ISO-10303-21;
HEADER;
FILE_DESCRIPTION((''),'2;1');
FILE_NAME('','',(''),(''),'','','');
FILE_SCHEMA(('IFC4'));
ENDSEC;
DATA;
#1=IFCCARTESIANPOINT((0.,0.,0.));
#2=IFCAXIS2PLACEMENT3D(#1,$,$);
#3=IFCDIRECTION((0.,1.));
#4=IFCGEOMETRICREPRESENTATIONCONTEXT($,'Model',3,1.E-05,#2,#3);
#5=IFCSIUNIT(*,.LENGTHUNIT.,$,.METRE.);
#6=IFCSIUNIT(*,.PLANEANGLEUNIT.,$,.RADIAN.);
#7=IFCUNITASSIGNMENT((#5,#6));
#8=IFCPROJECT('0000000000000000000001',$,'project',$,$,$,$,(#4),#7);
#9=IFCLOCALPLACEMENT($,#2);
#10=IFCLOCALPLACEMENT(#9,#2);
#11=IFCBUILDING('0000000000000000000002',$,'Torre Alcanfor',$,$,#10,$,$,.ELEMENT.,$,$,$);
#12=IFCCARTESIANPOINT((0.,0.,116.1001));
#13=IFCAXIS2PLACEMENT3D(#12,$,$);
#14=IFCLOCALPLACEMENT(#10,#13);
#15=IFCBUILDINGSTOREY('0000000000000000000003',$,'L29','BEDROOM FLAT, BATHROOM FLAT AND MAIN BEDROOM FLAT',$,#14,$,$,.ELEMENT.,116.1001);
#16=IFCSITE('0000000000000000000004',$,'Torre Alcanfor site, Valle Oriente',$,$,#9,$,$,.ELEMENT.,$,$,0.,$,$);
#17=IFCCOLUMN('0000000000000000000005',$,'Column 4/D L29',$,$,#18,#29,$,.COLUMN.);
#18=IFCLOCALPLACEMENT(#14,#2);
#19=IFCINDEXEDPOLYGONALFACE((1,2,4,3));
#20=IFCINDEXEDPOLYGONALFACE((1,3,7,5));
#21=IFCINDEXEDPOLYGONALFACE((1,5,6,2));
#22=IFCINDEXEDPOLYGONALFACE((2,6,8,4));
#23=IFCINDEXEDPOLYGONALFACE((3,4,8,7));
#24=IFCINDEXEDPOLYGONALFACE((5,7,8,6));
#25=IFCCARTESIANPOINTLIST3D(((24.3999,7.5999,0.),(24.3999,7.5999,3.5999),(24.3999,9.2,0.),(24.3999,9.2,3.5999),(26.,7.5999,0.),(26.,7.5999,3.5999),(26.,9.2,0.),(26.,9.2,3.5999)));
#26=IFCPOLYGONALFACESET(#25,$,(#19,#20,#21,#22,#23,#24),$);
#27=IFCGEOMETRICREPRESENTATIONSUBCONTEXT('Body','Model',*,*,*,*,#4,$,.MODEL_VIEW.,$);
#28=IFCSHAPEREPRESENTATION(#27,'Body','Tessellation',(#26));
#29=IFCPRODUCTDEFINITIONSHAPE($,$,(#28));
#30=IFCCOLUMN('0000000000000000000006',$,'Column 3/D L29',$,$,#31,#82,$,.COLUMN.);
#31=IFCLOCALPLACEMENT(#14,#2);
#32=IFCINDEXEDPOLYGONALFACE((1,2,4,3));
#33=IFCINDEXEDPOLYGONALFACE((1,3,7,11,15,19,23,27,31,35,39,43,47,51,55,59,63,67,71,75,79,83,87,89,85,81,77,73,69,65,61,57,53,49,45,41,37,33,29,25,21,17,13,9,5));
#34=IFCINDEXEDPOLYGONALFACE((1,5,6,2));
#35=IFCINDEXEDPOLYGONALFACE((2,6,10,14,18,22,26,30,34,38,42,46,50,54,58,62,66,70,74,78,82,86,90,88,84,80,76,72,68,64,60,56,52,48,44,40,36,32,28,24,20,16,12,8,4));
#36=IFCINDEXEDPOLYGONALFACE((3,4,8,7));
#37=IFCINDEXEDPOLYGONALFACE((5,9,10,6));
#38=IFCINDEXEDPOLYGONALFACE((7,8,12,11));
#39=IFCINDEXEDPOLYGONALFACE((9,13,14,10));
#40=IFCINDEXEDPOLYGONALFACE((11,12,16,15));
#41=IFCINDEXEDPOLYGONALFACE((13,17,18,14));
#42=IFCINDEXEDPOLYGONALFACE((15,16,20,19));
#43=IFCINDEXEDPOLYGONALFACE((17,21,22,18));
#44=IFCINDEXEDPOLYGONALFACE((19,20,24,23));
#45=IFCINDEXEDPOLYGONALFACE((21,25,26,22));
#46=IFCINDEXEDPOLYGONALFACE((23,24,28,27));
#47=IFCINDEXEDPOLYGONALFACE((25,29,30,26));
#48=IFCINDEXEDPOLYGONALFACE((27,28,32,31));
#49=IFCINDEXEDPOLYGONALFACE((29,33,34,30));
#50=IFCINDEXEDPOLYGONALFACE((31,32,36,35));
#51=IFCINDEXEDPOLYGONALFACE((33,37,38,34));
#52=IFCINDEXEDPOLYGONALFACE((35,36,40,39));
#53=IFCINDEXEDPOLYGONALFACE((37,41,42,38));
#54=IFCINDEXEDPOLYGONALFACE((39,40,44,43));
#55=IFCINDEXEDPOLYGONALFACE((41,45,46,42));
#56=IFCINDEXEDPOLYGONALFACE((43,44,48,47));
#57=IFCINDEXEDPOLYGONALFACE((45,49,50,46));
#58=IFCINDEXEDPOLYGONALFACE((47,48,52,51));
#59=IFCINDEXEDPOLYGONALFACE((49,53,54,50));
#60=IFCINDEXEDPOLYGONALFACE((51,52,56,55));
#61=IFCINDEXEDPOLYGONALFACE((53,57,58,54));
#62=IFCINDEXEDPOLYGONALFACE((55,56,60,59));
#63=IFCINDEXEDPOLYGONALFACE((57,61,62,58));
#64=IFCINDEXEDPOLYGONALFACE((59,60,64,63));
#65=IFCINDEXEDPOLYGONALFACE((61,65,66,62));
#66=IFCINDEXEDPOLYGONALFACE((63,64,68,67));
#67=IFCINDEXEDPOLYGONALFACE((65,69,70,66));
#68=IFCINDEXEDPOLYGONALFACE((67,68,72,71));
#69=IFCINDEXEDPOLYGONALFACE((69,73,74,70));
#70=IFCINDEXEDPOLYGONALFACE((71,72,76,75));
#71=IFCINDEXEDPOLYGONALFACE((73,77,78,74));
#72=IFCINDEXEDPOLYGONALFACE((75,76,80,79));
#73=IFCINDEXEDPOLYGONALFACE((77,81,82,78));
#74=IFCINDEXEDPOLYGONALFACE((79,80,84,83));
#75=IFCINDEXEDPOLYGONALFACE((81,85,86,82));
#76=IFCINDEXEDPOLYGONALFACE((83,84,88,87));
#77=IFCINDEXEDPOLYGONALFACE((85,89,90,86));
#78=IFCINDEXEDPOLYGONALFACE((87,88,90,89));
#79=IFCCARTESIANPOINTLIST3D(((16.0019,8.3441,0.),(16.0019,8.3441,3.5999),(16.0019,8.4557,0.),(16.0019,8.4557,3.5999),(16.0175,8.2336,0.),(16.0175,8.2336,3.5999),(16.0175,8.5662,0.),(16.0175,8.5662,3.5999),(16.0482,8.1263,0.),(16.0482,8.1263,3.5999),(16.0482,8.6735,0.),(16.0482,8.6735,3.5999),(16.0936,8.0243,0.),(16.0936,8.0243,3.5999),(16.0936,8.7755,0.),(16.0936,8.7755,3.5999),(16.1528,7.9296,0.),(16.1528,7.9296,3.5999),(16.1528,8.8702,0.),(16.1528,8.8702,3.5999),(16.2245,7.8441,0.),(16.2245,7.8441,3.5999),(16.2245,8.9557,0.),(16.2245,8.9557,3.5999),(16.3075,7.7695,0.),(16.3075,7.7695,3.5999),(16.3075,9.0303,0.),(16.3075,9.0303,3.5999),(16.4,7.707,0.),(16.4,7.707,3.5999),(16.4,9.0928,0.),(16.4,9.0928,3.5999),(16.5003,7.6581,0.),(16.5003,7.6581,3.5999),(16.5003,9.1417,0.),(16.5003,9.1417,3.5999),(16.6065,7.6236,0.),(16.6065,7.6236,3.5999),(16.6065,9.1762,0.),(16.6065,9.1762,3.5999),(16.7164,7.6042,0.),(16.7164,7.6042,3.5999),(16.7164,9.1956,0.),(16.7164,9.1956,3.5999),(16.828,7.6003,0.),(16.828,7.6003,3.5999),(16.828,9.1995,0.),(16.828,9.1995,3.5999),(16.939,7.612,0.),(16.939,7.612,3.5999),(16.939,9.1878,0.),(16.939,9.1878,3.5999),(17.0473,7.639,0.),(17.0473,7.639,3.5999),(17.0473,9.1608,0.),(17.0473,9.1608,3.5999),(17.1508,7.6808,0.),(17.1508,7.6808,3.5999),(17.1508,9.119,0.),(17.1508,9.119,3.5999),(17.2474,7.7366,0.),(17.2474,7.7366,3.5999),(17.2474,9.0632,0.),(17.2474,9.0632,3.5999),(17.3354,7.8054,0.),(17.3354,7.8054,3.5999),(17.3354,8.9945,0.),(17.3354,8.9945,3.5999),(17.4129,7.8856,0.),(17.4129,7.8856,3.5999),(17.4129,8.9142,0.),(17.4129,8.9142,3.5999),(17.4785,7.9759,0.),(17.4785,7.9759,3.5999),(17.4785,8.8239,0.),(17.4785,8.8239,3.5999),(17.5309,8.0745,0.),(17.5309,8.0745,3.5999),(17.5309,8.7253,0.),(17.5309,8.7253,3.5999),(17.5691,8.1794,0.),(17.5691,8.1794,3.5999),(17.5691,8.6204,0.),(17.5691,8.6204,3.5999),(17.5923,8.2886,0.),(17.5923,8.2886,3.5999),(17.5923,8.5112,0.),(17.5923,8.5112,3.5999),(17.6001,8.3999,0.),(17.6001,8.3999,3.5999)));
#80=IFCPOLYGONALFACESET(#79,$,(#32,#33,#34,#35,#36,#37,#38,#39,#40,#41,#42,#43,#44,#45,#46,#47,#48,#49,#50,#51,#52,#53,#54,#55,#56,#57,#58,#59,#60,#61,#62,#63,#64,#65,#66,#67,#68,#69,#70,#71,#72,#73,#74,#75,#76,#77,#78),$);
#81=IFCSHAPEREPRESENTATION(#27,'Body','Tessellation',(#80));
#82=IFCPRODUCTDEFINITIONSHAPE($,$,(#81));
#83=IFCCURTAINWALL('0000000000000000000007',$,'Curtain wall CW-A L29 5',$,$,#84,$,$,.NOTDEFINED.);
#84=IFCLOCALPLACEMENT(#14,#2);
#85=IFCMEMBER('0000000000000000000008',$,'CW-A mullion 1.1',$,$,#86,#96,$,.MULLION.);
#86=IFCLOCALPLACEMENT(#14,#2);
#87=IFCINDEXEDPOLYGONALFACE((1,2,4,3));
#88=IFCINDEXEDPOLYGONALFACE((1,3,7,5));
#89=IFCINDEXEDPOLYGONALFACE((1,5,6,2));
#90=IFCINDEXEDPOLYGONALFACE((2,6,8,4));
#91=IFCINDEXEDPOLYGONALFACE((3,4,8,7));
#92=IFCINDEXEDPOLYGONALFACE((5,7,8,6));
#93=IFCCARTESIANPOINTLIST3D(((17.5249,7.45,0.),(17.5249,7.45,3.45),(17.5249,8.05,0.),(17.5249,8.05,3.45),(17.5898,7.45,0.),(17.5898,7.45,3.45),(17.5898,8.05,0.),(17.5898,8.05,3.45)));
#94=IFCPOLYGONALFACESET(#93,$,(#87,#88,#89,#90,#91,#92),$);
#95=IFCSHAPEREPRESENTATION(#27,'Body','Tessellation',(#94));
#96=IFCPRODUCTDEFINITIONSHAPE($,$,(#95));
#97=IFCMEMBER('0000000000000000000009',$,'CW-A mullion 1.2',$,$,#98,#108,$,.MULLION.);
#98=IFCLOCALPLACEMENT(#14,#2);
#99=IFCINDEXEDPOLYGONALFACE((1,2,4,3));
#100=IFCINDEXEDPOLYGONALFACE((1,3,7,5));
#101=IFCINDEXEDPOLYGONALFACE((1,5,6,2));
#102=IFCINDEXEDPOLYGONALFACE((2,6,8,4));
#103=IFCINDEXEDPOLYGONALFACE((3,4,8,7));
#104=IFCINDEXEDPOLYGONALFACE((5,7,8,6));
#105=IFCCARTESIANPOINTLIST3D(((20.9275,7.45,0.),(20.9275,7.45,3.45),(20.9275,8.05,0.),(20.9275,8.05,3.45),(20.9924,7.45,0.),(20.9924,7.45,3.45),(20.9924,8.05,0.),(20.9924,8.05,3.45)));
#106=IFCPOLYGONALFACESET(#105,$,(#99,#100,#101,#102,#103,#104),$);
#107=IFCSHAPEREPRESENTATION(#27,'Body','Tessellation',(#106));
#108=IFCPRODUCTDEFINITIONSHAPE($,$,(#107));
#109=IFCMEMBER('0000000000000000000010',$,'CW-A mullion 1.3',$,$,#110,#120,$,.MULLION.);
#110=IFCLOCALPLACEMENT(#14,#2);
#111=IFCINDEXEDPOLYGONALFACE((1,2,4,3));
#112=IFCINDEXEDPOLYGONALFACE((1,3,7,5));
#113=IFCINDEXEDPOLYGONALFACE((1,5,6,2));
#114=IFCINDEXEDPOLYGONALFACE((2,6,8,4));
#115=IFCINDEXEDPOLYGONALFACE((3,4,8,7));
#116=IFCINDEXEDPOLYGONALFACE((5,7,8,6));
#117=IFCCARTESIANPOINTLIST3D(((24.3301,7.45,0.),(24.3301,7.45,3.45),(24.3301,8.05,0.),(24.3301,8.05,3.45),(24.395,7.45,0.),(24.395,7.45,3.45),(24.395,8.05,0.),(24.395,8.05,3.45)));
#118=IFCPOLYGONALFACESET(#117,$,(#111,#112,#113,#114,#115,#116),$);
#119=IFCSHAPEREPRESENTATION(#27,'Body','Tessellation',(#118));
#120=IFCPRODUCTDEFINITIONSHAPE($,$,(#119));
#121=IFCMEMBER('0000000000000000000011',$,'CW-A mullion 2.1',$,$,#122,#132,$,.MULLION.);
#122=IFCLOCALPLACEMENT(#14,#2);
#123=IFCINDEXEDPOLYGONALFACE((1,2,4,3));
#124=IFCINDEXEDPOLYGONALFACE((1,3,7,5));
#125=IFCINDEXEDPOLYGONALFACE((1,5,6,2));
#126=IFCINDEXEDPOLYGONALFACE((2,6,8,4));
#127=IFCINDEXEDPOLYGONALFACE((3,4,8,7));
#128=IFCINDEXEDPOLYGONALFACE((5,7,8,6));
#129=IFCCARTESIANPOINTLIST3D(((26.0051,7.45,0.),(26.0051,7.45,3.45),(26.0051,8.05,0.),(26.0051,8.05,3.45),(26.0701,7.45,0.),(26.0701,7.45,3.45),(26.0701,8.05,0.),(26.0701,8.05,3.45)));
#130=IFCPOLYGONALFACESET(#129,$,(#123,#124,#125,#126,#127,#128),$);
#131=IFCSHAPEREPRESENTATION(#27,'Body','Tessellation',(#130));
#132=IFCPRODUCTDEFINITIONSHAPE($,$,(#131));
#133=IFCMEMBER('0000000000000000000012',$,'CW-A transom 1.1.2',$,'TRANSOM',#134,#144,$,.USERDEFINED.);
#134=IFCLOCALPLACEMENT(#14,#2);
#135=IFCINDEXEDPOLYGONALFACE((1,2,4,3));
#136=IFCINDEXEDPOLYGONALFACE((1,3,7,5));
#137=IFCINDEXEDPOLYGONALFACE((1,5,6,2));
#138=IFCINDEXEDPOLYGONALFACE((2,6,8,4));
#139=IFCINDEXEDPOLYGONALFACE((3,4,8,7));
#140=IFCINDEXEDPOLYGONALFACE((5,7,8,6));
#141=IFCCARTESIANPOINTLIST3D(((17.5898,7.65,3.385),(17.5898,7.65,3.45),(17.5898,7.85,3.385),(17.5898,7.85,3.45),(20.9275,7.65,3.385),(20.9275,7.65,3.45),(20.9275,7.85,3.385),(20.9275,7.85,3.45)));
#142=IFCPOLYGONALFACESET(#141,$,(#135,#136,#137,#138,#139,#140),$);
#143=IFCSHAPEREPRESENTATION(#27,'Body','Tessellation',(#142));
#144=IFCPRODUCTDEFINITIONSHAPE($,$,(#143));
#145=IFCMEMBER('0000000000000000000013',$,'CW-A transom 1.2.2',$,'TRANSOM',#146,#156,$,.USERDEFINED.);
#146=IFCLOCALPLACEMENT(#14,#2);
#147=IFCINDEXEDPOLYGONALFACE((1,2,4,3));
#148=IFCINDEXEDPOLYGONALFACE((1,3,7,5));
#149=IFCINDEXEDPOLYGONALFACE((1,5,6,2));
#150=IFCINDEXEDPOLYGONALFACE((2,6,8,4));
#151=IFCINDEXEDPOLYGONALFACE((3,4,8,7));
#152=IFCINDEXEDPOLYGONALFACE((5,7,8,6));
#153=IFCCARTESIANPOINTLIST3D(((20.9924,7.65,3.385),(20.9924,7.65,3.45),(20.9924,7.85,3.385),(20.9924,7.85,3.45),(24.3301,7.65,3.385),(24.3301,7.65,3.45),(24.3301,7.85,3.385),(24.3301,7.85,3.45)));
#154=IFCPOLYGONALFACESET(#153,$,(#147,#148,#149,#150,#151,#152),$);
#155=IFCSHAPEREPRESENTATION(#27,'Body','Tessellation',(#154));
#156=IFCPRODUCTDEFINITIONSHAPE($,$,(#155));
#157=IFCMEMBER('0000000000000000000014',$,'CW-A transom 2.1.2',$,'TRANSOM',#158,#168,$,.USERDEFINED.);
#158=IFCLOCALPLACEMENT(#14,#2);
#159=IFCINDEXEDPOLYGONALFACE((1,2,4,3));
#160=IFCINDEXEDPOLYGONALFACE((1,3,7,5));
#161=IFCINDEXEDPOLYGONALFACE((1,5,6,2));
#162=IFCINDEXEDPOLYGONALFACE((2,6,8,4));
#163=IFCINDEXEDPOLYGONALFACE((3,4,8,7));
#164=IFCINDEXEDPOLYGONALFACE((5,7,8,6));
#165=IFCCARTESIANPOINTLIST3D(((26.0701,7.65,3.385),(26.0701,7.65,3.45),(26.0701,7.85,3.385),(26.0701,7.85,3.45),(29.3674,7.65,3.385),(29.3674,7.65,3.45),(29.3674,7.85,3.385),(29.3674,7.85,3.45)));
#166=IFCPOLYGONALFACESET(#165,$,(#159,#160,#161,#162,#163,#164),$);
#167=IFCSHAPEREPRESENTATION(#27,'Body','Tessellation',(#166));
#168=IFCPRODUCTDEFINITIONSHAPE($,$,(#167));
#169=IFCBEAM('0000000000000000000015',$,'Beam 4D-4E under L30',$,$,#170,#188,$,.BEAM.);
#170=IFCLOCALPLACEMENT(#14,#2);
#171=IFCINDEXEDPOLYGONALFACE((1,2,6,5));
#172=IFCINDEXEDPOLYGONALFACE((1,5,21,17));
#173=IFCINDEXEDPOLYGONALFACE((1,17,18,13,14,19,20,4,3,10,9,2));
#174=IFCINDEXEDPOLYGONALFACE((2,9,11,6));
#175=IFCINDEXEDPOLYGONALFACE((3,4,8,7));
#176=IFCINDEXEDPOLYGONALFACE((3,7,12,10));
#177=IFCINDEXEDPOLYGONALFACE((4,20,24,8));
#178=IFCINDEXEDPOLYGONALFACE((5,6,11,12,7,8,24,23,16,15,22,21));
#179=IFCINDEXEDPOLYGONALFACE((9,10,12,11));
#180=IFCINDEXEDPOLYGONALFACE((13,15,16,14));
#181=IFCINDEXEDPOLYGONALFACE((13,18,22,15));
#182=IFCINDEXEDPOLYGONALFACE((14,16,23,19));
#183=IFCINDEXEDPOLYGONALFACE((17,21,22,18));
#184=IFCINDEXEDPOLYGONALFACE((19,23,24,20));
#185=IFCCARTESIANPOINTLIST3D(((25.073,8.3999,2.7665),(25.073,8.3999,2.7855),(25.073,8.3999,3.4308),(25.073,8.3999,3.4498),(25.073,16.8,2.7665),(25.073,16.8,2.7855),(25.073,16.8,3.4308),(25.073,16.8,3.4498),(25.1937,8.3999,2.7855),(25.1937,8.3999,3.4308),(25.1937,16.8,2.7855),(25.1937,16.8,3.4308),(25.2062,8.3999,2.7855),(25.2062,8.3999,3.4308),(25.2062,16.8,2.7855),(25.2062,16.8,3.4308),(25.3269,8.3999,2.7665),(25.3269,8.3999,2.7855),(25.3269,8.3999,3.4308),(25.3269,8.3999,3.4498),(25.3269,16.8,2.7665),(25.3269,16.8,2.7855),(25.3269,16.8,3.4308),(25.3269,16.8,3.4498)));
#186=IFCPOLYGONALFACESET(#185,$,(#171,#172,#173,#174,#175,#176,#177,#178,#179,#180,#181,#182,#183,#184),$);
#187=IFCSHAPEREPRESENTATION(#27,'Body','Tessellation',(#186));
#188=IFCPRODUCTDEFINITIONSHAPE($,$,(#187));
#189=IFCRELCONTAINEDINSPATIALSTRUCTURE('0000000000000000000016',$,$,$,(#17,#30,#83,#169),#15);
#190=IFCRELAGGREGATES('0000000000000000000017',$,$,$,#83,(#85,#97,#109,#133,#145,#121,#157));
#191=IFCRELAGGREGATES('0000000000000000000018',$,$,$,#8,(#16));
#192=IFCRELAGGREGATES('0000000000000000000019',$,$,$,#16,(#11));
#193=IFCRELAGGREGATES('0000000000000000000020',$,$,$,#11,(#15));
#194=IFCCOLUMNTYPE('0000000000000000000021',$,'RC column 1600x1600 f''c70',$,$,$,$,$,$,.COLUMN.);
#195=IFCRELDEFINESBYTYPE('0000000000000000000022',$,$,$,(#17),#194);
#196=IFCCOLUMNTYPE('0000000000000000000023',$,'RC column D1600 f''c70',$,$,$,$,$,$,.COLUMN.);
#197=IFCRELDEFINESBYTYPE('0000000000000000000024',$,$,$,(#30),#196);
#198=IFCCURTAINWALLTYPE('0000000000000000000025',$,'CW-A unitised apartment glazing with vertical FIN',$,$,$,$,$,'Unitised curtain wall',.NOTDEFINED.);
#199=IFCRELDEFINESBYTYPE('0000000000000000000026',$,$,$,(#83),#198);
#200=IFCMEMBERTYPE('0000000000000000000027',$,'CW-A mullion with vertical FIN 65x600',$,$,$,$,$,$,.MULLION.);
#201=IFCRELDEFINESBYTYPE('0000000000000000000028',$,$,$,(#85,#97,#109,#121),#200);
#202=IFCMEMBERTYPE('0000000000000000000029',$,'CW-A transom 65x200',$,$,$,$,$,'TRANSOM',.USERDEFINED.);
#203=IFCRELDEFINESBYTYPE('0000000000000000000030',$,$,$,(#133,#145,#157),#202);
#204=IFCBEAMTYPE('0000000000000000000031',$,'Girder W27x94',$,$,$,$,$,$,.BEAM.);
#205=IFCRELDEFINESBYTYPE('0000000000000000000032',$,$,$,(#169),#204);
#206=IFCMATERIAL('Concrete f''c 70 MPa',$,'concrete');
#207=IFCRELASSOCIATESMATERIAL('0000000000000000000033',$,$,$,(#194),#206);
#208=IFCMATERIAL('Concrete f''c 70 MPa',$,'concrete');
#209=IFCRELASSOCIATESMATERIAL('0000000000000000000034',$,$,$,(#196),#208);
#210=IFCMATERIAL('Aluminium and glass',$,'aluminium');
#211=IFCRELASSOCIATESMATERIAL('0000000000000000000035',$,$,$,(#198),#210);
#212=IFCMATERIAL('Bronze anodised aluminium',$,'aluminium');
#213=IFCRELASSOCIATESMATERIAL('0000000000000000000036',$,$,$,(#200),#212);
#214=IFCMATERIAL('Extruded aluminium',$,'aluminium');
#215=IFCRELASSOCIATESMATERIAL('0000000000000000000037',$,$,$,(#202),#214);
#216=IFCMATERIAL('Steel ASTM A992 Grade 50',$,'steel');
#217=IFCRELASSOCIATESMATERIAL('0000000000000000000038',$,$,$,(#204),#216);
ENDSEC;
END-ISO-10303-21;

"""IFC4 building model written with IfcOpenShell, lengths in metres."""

from ifc_helpers import new_model, si_unit, direction, frame, origin, origin_2d, place, context, subcontext, project, spatial, rectangle, circle, i_section, extrude, material, material_profile, profile_set, type_object, element, aggregate, save


model = new_model("IFC4")

# Units and contexts
model_context = context("Model", 3, precision=1e-05, world=origin(), true_north=direction((0.0, 1.0)))
body_context = subcontext(model_context, "Body", "Model", "MODEL_VIEW")
ifc_project = project(units=[si_unit("LENGTHUNIT", "METRE"), si_unit("PLANEANGLEUNIT", "RADIAN")], contexts=[model_context])

# Site, building, storey
site_placement = place(None, origin())
site = spatial("IfcSite", under=ifc_project, at=site_placement, Name="Torre Alcanfor site, Valle Oriente", CompositionType="ELEMENT", RefElevation=0.0)
building_placement = place(site_placement, origin())
building = spatial("IfcBuilding", under=site, at=building_placement, Name="Torre Alcanfor", CompositionType="ELEMENT")
storey_placement = place(building_placement, frame((0.0, 0.0, 116.1001)))
storey = spatial("IfcBuildingStorey", under=building, at=storey_placement, Name="L29", Description="BEDROOM FLAT, BATHROOM FLAT AND MAIN BEDROOM FLAT", CompositionType="ELEMENT", Elevation=116.1001)

# Columns
ifc_material_1 = material(Name="Concrete f'c 70 MPa", Category="concrete")
ifc_material_profile_1 = material_profile(ifc_material_1, rectangle(XDim=1.6001, YDim=1.6001, at=origin_2d()), Name="1600x1600")
ifc_profile_set_1 = profile_set([ifc_material_profile_1], Name="Concrete f'c 70 MPa")
column_type_1 = type_object("IfcColumnType", Name="RC column 1600x1600 f'c70", PredefinedType="COLUMN", material=ifc_profile_set_1)
column_1_placement = place(storey_placement, frame((25.2, 8.3999, 0.0), z_axis=(0.0, 0.0, 1.0), x_axis=(1.0, 0.0, 0.0)))
element("IfcColumn", 1, at=column_1_placement, inside=storey, type_object=column_type_1, Name="Column 4/D L29", PredefinedType="COLUMN", context=body_context, shape_type="SweptSolid", body=[
    extrude(rectangle(XDim=1.6001, YDim=1.6001, at=origin_2d()), origin(), (0.0, 0.0, 1.0), 3.5999),
])
ifc_material_2 = material(Name="Concrete f'c 70 MPa", Category="concrete")
ifc_material_profile_2 = material_profile(ifc_material_2, circle(Radius=0.8, at=origin_2d()), Name="D1600")
ifc_profile_set_2 = profile_set([ifc_material_profile_2], Name="Concrete f'c 70 MPa")
column_type_2 = type_object("IfcColumnType", Name="RC column D1600 f'c70", PredefinedType="COLUMN", material=ifc_profile_set_2)
column_2_placement = place(storey_placement, frame((16.8, 8.3999, 0.0), z_axis=(0.0, 0.0, 1.0), x_axis=(1.0, 0.0, 0.0)))
element("IfcColumn", 2, at=column_2_placement, inside=storey, type_object=column_type_2, Name="Column 3/D L29", PredefinedType="COLUMN", context=body_context, shape_type="SweptSolid", body=[
    extrude(circle(Radius=0.8, at=origin_2d()), origin(), (0.0, 0.0, 1.0), 3.5999),
])

# Curtain wall, members
ifc_material_3 = material(Name="Aluminium and glass", Category="aluminium")
curtain_wall_type = type_object("IfcCurtainWallType", Name="CW-A unitised apartment glazing with vertical FIN", ElementType="Unitised curtain wall", PredefinedType="NOTDEFINED", material=ifc_material_3)
curtain_wall_placement = place(storey_placement, origin())
curtain_wall = element("IfcCurtainWall", 3, at=curtain_wall_placement, inside=storey, type_object=curtain_wall_type, Name="Curtain wall CW-A L29 5", PredefinedType="NOTDEFINED")
ifc_material_4 = material(Name="Bronze anodised aluminium", Category="aluminium")
ifc_material_profile_3 = material_profile(ifc_material_4, rectangle(XDim=0.6001, YDim=0.0649, at=origin_2d()), Name="CW-A mullion 65x600")
ifc_profile_set_3 = profile_set([ifc_material_profile_3], Name="Bronze anodised aluminium")
member_type_1 = type_object("IfcMemberType", Name="CW-A mullion with vertical FIN 65x600", PredefinedType="MULLION", material=ifc_profile_set_3)
member_1_placement = place(storey_placement, frame((17.5574, 7.75, 0.0), z_axis=(0.0, 0.0, 1.0), x_axis=(0.0, 1.0, 0.0)))
member_1 = element("IfcMember", 4, at=member_1_placement, type_object=member_type_1, Name="CW-A mullion 1.1", PredefinedType="MULLION", context=body_context, shape_type="SweptSolid", body=[
    extrude(rectangle(XDim=0.6001, YDim=0.0649, at=origin_2d()), origin(), (0.0, 0.0, 1.0), 3.45),
])
member_2_placement = place(storey_placement, frame((20.96, 7.75, 0.0), z_axis=(0.0, 0.0, 1.0), x_axis=(0.0, 1.0, 0.0)))
member_2 = element("IfcMember", 5, at=member_2_placement, type_object=member_type_1, Name="CW-A mullion 1.2", PredefinedType="MULLION", context=body_context, shape_type="SweptSolid", body=[
    extrude(rectangle(XDim=0.6001, YDim=0.0649, at=origin_2d()), origin(), (0.0, 0.0, 1.0), 3.45),
])
member_3_placement = place(storey_placement, frame((24.3625, 7.75, 0.0), z_axis=(0.0, 0.0, 1.0), x_axis=(0.0, 1.0, 0.0)))
member_3 = element("IfcMember", 6, at=member_3_placement, type_object=member_type_1, Name="CW-A mullion 1.3", PredefinedType="MULLION", context=body_context, shape_type="SweptSolid", body=[
    extrude(rectangle(XDim=0.6001, YDim=0.0649, at=origin_2d()), origin(), (0.0, 0.0, 1.0), 3.45),
])
member_4_placement = place(storey_placement, frame((26.0376, 7.75, 0.0), z_axis=(0.0, 0.0, 1.0), x_axis=(0.0, 1.0, 0.0)))
member_4 = element("IfcMember", 7, at=member_4_placement, type_object=member_type_1, Name="CW-A mullion 2.1", PredefinedType="MULLION", context=body_context, shape_type="SweptSolid", body=[
    extrude(rectangle(XDim=0.6001, YDim=0.0649, at=origin_2d()), origin(), (0.0, 0.0, 1.0), 3.45),
])
ifc_material_5 = material(Name="Extruded aluminium", Category="aluminium")
ifc_material_profile_4 = material_profile(ifc_material_5, rectangle(XDim=0.2, YDim=0.0649, at=origin_2d()), Name="CW-A transom 200x65")
ifc_profile_set_4 = profile_set([ifc_material_profile_4], Name="Extruded aluminium")
member_type_2 = type_object("IfcMemberType", Name="CW-A transom 65x200", ElementType="TRANSOM", PredefinedType="USERDEFINED", material=ifc_profile_set_4)
member_5_placement = place(storey_placement, frame((17.5898, 7.75, 3.4175), z_axis=(1.0, 0.0, 0.0), x_axis=(0.0, 1.0, 0.0)))
member_5 = element("IfcMember", 8, at=member_5_placement, type_object=member_type_2, Name="CW-A transom 1.1.2", ObjectType="TRANSOM", PredefinedType="USERDEFINED", context=body_context, shape_type="SweptSolid", body=[
    extrude(rectangle(XDim=0.2, YDim=0.0649, at=origin_2d()), origin(), (0.0, 0.0, 1.0), 3.3376),
])
member_6_placement = place(storey_placement, frame((20.9924, 7.75, 3.4175), z_axis=(1.0, 0.0, 0.0), x_axis=(0.0, 1.0, 0.0)))
member_6 = element("IfcMember", 9, at=member_6_placement, type_object=member_type_2, Name="CW-A transom 1.2.2", ObjectType="TRANSOM", PredefinedType="USERDEFINED", context=body_context, shape_type="SweptSolid", body=[
    extrude(rectangle(XDim=0.2, YDim=0.0649, at=origin_2d()), origin(), (0.0, 0.0, 1.0), 3.3376),
])
member_7_placement = place(storey_placement, frame((26.0701, 7.75, 3.4175), z_axis=(1.0, 0.0, 0.0), x_axis=(0.0, 1.0, 0.0)))
member_7 = element("IfcMember", 10, at=member_7_placement, type_object=member_type_2, Name="CW-A transom 2.1.2", ObjectType="TRANSOM", PredefinedType="USERDEFINED", context=body_context, shape_type="SweptSolid", body=[
    extrude(rectangle(XDim=0.2, YDim=0.0649, at=origin_2d()), origin(), (0.0, 0.0, 1.0), 3.2974),
])

# Beam
ifc_material_6 = material(Name="Steel ASTM A992 Grade 50", Category="steel")
ifc_material_profile_5 = material_profile(ifc_material_6, i_section(OverallWidth=0.2539, OverallDepth=0.6833, WebThickness=0.0125, FlangeThickness=0.019, at=origin_2d()), Name="W27x94")
ifc_profile_set_5 = profile_set([ifc_material_profile_5], Name="Steel ASTM A992 Grade 50")
beam_type_1 = type_object("IfcBeamType", Name="Girder W27x94", PredefinedType="BEAM", material=ifc_profile_set_5)
beam_1_placement = place(storey_placement, frame((25.2, 8.3999, 3.1082), z_axis=(0.0, 1.0, 0.0), x_axis=(-1.0, 0.0, 0.0)))
element("IfcBeam", 11, at=beam_1_placement, inside=storey, type_object=beam_type_1, Name="Beam 4D-4E under L30", PredefinedType="BEAM", context=body_context, shape_type="SweptSolid", body=[
    extrude(i_section(OverallWidth=0.2539, OverallDepth=0.6833, WebThickness=0.0125, FlangeThickness=0.019, at=origin_2d()), origin(), (0.0, 0.0, 1.0), 8.4001),
])

aggregate(curtain_wall, [member_1, member_2, member_3, member_5, member_6, member_4, member_7])

save(model, "model.ifc")
